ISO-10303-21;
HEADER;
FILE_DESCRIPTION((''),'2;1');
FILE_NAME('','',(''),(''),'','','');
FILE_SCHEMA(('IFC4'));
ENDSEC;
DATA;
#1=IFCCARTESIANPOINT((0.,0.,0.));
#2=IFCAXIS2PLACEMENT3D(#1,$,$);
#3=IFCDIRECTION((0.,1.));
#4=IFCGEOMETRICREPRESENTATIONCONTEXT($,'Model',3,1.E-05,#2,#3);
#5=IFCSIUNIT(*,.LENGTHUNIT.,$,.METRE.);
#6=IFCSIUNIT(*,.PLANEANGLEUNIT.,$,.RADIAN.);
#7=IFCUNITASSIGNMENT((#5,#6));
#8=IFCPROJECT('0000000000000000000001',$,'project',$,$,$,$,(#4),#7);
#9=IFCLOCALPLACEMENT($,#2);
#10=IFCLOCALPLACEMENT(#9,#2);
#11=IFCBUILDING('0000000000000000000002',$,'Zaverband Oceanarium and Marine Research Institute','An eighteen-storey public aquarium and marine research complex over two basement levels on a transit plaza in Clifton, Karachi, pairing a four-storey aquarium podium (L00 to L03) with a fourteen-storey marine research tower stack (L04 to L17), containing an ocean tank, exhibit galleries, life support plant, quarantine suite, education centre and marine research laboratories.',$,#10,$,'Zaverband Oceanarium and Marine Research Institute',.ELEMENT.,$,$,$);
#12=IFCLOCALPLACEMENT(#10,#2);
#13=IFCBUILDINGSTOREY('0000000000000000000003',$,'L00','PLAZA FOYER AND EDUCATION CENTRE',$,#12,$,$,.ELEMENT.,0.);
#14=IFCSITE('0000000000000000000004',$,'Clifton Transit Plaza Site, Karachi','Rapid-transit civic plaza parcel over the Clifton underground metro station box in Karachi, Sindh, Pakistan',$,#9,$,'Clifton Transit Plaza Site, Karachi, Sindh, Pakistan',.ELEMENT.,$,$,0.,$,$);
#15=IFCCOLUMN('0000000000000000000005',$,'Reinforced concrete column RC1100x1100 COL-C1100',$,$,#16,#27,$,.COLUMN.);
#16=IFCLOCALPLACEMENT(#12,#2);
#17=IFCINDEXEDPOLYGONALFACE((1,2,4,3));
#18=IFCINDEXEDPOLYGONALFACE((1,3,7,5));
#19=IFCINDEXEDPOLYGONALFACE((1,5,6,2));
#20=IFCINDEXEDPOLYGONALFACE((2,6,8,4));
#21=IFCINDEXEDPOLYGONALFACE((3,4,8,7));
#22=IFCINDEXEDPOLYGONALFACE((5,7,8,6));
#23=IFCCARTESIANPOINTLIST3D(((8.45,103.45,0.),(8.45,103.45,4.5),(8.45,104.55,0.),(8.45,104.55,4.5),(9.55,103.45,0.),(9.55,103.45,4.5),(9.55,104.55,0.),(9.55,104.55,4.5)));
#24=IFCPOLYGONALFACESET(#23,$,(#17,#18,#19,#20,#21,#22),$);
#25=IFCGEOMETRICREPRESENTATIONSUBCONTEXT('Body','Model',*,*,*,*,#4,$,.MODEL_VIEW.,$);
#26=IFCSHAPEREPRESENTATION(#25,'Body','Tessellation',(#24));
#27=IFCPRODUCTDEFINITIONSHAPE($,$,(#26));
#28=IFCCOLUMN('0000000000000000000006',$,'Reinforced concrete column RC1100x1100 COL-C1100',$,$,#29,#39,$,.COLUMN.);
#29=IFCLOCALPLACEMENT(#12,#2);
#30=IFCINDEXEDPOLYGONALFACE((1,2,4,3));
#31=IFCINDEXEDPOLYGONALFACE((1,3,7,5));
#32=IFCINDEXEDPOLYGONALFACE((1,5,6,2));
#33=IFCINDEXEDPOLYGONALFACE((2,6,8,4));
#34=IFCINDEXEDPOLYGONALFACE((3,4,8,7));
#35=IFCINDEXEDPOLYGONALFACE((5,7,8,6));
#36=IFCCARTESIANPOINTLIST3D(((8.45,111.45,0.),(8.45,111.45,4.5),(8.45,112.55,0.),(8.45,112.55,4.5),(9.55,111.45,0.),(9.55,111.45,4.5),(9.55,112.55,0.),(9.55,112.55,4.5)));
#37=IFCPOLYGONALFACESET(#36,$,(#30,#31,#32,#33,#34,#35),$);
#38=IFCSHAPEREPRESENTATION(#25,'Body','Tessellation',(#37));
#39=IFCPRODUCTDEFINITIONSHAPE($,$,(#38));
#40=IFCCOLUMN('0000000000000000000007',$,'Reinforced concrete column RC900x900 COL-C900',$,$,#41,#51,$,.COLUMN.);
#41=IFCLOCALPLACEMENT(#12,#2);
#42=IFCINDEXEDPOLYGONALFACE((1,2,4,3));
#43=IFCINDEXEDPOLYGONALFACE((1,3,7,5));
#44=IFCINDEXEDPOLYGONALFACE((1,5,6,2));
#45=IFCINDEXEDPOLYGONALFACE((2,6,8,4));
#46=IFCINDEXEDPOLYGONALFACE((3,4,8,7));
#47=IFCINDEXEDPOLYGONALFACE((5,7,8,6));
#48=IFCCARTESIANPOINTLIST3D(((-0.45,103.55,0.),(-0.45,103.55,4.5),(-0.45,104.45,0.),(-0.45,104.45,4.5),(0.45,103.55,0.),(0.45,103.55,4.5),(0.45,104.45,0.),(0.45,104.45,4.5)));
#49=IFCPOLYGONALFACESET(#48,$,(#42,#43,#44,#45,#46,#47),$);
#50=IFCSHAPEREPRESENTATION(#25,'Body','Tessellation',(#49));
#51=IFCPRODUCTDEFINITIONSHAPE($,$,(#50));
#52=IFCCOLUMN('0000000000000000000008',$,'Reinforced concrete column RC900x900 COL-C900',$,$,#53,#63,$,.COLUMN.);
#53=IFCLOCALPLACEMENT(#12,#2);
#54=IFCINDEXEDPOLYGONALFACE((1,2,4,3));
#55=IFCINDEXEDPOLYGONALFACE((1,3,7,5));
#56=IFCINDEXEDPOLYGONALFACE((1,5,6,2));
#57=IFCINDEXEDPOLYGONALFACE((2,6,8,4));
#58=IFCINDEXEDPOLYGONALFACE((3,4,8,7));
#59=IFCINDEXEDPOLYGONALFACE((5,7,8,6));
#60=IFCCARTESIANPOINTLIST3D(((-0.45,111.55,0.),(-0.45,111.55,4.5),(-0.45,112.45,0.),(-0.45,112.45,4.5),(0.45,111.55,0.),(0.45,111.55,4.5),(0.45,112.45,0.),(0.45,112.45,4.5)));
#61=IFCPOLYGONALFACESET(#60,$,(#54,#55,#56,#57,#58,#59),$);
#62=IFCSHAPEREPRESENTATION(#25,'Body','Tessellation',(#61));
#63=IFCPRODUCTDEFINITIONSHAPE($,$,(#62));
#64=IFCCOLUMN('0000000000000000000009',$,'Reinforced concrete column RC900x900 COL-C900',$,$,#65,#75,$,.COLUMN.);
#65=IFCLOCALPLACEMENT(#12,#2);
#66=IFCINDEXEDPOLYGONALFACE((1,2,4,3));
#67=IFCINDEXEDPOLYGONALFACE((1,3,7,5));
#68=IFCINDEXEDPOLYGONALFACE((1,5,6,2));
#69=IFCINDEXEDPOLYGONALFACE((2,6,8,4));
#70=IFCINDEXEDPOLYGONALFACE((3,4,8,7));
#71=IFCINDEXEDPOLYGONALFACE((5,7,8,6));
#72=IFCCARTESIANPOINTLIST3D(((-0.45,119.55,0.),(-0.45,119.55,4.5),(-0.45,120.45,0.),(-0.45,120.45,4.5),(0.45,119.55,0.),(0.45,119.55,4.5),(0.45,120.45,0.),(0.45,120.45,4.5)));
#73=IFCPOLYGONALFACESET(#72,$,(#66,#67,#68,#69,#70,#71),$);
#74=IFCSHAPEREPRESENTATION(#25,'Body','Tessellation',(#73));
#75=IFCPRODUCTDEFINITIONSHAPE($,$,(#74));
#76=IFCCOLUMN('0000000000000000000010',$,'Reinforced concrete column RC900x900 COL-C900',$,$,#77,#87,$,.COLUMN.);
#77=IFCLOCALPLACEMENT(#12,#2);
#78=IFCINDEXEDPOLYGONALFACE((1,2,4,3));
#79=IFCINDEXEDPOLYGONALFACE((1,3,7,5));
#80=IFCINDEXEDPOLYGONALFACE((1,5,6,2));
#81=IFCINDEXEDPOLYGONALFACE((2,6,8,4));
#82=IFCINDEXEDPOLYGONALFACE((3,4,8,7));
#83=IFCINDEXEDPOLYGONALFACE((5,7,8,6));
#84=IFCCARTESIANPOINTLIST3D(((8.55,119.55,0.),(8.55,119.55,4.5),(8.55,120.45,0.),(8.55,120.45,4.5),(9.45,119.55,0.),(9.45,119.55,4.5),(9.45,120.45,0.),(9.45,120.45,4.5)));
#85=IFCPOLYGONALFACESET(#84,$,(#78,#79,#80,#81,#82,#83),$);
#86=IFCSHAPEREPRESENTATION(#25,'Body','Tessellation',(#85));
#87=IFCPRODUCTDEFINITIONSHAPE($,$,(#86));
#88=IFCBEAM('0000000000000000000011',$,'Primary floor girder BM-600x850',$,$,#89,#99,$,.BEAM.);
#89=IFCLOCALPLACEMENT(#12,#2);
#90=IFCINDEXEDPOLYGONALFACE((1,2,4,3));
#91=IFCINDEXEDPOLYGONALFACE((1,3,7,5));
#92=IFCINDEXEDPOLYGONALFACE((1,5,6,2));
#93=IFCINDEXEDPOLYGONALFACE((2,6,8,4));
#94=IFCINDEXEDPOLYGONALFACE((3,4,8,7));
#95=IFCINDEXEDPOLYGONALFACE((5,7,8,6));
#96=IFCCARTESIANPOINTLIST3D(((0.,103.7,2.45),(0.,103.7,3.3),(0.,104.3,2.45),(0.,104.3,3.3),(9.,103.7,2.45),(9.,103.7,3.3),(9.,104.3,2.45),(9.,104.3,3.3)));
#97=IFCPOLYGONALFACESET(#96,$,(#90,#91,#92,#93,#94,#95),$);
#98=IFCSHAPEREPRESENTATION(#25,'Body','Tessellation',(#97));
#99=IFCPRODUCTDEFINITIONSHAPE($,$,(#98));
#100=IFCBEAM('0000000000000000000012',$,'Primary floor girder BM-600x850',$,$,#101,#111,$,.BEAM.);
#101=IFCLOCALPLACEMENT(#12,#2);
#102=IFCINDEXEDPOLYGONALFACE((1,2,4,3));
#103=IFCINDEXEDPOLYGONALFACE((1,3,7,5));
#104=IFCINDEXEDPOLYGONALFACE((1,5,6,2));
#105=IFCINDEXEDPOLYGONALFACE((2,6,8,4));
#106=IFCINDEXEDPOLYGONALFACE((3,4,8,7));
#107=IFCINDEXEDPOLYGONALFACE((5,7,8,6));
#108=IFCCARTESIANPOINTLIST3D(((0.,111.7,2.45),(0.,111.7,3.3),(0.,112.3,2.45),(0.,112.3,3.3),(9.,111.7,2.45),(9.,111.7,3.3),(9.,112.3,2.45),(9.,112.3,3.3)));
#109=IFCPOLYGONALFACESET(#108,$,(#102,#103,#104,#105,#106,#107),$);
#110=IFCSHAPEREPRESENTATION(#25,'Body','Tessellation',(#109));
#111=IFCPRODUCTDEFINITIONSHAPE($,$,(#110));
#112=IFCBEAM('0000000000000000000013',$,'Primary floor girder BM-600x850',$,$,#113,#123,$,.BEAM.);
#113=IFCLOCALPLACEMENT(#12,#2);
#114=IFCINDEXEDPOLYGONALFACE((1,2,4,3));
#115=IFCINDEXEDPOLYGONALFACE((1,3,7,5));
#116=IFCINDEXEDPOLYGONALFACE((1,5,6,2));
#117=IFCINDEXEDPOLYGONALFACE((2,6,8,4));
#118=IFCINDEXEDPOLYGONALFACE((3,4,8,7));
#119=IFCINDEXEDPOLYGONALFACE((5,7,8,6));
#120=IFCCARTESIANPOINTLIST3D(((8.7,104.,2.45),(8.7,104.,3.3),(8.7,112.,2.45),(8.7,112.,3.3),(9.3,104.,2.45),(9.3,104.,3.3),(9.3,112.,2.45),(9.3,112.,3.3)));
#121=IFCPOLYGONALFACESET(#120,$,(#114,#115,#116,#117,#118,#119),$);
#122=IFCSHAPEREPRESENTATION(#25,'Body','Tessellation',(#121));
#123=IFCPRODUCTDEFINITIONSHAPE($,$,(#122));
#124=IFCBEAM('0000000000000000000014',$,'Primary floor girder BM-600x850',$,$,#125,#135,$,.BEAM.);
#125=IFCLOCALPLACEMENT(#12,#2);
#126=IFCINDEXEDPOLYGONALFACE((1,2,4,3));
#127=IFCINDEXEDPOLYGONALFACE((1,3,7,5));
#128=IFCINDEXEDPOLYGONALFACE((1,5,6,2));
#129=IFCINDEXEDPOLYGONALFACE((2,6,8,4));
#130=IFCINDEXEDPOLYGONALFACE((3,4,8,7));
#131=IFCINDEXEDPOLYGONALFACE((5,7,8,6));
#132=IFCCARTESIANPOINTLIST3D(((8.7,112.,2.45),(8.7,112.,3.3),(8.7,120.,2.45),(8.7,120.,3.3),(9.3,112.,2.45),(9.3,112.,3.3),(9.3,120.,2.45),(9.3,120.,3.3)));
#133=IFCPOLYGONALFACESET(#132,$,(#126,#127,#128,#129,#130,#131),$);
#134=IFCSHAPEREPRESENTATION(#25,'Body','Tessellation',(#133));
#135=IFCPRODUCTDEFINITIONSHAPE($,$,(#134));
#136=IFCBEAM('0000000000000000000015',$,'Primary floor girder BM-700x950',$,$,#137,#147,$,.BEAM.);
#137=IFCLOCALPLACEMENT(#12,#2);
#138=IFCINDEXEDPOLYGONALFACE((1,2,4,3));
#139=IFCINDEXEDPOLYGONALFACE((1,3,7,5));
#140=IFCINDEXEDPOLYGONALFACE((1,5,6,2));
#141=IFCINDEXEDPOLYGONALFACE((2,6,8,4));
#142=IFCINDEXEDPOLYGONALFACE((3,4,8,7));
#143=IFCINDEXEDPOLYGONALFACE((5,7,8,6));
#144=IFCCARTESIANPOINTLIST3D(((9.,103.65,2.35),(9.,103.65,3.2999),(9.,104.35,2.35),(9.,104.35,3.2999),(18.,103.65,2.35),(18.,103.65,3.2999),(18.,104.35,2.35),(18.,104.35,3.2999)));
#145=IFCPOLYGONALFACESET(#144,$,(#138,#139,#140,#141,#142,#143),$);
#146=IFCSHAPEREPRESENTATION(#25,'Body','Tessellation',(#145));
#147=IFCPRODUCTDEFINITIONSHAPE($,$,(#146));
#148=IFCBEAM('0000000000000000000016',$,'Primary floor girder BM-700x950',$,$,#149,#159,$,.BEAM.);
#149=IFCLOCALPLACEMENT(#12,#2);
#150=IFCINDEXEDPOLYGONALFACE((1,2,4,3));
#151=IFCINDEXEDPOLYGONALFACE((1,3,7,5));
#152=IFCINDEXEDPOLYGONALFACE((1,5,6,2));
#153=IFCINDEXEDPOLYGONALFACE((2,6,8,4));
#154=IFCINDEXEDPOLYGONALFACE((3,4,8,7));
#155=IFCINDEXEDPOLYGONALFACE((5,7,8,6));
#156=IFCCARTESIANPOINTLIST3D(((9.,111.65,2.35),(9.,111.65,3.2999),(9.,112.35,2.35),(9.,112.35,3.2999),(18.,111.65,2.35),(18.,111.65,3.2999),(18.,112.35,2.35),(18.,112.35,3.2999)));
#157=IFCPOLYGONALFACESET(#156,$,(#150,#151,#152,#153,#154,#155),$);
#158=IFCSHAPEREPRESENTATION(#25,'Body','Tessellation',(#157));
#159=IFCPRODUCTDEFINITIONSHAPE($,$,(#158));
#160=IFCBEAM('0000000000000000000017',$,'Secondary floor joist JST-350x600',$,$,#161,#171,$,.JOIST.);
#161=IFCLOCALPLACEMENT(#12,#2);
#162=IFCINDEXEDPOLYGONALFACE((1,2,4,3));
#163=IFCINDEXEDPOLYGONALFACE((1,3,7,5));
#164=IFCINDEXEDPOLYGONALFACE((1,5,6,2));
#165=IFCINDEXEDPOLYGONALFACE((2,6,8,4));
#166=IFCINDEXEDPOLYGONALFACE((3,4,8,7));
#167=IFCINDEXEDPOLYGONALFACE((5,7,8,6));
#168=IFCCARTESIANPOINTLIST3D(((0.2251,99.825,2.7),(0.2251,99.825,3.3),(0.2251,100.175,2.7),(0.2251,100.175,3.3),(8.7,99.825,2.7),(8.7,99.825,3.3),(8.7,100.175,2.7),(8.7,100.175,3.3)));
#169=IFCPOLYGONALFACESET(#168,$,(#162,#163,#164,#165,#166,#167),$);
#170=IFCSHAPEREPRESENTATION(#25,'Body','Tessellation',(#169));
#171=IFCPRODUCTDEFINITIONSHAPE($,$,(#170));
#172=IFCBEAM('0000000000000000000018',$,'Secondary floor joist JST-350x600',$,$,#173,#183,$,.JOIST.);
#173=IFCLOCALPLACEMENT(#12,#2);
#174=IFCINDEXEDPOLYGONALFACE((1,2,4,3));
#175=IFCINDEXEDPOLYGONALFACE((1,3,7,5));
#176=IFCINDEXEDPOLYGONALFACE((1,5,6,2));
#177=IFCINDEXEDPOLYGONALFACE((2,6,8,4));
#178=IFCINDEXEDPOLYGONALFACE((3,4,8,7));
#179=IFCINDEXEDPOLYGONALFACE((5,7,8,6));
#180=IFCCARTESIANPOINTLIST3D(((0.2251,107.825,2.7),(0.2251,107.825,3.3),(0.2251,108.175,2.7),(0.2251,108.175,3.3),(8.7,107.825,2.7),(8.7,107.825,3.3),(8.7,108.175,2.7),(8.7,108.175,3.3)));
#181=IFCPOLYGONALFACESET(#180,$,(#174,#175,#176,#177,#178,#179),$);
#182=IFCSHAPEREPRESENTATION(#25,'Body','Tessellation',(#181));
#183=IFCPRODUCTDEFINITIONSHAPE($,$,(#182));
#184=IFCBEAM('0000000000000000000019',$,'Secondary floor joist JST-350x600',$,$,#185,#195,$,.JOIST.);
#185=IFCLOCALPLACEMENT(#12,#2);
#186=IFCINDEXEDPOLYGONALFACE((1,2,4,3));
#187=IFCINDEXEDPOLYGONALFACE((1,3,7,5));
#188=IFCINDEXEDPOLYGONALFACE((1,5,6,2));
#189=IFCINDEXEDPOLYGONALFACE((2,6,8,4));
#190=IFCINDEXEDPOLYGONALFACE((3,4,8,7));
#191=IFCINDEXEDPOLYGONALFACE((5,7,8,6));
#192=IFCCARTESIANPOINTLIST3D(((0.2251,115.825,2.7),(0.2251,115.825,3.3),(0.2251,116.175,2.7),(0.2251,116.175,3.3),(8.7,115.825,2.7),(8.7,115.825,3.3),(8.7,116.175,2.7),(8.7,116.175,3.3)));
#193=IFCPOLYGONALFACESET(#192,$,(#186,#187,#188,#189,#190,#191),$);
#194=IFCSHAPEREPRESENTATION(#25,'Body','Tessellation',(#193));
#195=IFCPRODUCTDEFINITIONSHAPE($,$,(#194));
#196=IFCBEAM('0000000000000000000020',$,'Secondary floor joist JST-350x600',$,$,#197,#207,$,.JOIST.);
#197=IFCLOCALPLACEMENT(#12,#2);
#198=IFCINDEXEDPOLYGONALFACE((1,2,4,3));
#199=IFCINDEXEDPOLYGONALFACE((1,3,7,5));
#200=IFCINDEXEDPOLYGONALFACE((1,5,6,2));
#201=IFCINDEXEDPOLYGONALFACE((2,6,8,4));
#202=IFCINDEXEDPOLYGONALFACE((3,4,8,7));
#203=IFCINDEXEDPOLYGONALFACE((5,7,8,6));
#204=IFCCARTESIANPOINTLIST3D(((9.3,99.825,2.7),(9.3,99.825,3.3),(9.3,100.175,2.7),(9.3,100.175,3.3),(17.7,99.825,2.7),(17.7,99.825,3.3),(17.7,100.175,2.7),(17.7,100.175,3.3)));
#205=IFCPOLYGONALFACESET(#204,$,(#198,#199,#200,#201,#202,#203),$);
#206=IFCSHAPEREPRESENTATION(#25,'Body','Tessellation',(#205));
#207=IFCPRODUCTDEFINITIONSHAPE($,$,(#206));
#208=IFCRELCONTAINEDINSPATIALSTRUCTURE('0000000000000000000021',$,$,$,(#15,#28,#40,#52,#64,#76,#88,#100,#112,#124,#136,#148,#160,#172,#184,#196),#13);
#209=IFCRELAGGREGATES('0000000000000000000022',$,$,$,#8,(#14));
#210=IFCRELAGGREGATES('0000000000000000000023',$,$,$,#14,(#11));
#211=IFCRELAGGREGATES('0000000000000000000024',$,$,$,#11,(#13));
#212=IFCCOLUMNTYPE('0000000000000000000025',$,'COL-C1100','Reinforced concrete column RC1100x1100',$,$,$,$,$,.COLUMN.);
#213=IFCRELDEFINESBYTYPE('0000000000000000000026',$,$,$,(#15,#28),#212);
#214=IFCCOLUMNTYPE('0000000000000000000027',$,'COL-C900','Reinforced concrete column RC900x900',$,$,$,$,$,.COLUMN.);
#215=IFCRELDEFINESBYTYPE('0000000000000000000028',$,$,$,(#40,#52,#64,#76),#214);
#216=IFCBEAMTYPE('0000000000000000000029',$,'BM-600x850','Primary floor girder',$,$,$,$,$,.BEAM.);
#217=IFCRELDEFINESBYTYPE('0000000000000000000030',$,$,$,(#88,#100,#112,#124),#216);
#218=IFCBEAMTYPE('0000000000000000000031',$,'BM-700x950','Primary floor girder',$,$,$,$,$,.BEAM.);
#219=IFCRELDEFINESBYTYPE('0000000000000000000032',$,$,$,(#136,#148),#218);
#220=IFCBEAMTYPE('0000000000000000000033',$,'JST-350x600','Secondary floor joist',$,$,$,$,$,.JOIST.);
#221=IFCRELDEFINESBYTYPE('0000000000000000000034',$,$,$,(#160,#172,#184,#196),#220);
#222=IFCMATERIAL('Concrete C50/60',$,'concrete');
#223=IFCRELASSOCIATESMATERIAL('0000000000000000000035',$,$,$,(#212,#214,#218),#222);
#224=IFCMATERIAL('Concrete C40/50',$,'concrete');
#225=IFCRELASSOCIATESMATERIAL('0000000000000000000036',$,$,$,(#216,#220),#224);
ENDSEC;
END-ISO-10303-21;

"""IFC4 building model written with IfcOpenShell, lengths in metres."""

from ifc_helpers import new_model, si_unit, direction, frame, origin, origin_2d, place, context, subcontext, project, spatial, rectangle, extrude, material, material_profile, profile_set, type_object, element, save


model = new_model("IFC4")

# Units and contexts
model_context = context("Model", 3, precision=1e-05, world=origin(), true_north=direction((0.0, 1.0)))
body_context = subcontext(model_context, "Body", "Model", "MODEL_VIEW")
ifc_project = project(units=[si_unit("LENGTHUNIT", "METRE"), si_unit("PLANEANGLEUNIT", "RADIAN")], contexts=[model_context])

# Site, building, storey
site_placement = place(None, origin())
site = spatial("IfcSite", under=ifc_project, at=site_placement, Name="Clifton Transit Plaza Site, Karachi", Description="Rapid-transit civic plaza parcel over the Clifton underground metro station box in Karachi, Sindh, Pakistan", LongName="Clifton Transit Plaza Site, Karachi, Sindh, Pakistan", CompositionType="ELEMENT", RefElevation=0.0)
building_placement = place(site_placement, origin())
building = spatial("IfcBuilding", under=site, at=building_placement, Name="Zaverband Oceanarium and Marine Research Institute", Description="An eighteen-storey public aquarium and marine research complex over two basement levels on a transit plaza in Clifton, Karachi, pairing a four-storey aquarium podium (L00 to L03) with a fourteen-storey marine research tower stack (L04 to L17), containing an ocean tank, exhibit galleries, life support plant, quarantine suite, education centre and marine research laboratories.", LongName="Zaverband Oceanarium and Marine Research Institute", CompositionType="ELEMENT")
storey_placement = place(building_placement, origin())
storey = spatial("IfcBuildingStorey", under=building, at=storey_placement, Name="L00", Description="PLAZA FOYER AND EDUCATION CENTRE", CompositionType="ELEMENT", Elevation=0.0)

# Columns
ifc_material_1 = material(Name="Concrete C50/60", Category="concrete")
ifc_material_profile_1 = material_profile(ifc_material_1, rectangle(XDim=1.1001, YDim=1.1001, at=origin_2d()), Name="RC1100x1100")
ifc_profile_set_1 = profile_set([ifc_material_profile_1], Name="Concrete C50/60")
column_type_1 = type_object("IfcColumnType", Name="COL-C1100", Description="Reinforced concrete column RC1100x1100", PredefinedType="COLUMN", material=ifc_profile_set_1)
for number, where, z_axis, x_axis, name in (
    (1, (9.0, 104.0, 0.0), (0.0, 0.0, 1.0), (1.0, 0.0, 0.0), "Reinforced concrete column RC1100x1100 COL-C1100"),
    (2, (9.0, 112.0, 0.0), (0.0, 0.0, 1.0), (1.0, 0.0, 0.0), "Reinforced concrete column RC1100x1100 COL-C1100"),
):
    element("IfcColumn", number, at=place(storey_placement, frame(where, z_axis=z_axis, x_axis=x_axis)), inside=storey, type_object=column_type_1, Name=name, PredefinedType="COLUMN", context=body_context, shape_type="SweptSolid", body=[
        extrude(rectangle(XDim=1.1001, YDim=1.1001, at=origin_2d()), origin(), (0.0, 0.0, 1.0), 4.5),
    ])
ifc_material_profile_2 = material_profile(ifc_material_1, rectangle(XDim=0.8999, YDim=0.8999, at=origin_2d()), Name="RC900x900")
ifc_profile_set_2 = profile_set([ifc_material_profile_2], Name="Concrete C50/60")
column_type_2 = type_object("IfcColumnType", Name="COL-C900", Description="Reinforced concrete column RC900x900", PredefinedType="COLUMN", material=ifc_profile_set_2)
for number, where, z_axis, x_axis, name in (
    (3, (0.0, 104.0, 0.0), (0.0, 0.0, 1.0), (1.0, 0.0, 0.0), "Reinforced concrete column RC900x900 COL-C900"),
    (4, (0.0, 112.0, 0.0), (0.0, 0.0, 1.0), (1.0, 0.0, 0.0), "Reinforced concrete column RC900x900 COL-C900"),
    (5, (0.0, 120.0, 0.0), (0.0, 0.0, 1.0), (1.0, 0.0, 0.0), "Reinforced concrete column RC900x900 COL-C900"),
    (6, (9.0, 120.0, 0.0), (0.0, 0.0, 1.0), (1.0, 0.0, 0.0), "Reinforced concrete column RC900x900 COL-C900"),
):
    element("IfcColumn", number, at=place(storey_placement, frame(where, z_axis=z_axis, x_axis=x_axis)), inside=storey, type_object=column_type_2, Name=name, PredefinedType="COLUMN", context=body_context, shape_type="SweptSolid", body=[
        extrude(rectangle(XDim=0.8999, YDim=0.8999, at=origin_2d()), origin(), (0.0, 0.0, 1.0), 4.5),
    ])

# Beams
ifc_material_2 = material(Name="Concrete C40/50", Category="concrete")
ifc_material_profile_3 = material_profile(ifc_material_2, rectangle(XDim=0.6001, YDim=0.8501, at=origin_2d()), Name="RC600x850")
ifc_profile_set_3 = profile_set([ifc_material_profile_3], Name="Concrete C40/50")
beam_type_1 = type_object("IfcBeamType", Name="BM-600x850", Description="Primary floor girder", PredefinedType="BEAM", material=ifc_profile_set_3)
for number, where, z_axis, x_axis, name in (
    (7, (0.0, 104.0, 2.875), (1.0, 0.0, 0.0), (0.0, 1.0, 0.0), "Primary floor girder BM-600x850"),
    (8, (0.0, 112.0, 2.875), (1.0, 0.0, 0.0), (0.0, 1.0, 0.0), "Primary floor girder BM-600x850"),
):
    element("IfcBeam", number, at=place(storey_placement, frame(where, z_axis=z_axis, x_axis=x_axis)), inside=storey, type_object=beam_type_1, Name=name, PredefinedType="BEAM", context=body_context, shape_type="SweptSolid", body=[
        extrude(rectangle(XDim=0.6001, YDim=0.8501, at=origin_2d()), origin(), (0.0, 0.0, 1.0), 9.0),
    ])
for number, where, z_axis, x_axis, name in (
    (9, (9.0, 104.0, 2.875), (0.0, 1.0, 0.0), (-1.0, 0.0, 0.0), "Primary floor girder BM-600x850"),
    (10, (9.0, 112.0, 2.875), (0.0, 1.0, 0.0), (-1.0, 0.0, 0.0), "Primary floor girder BM-600x850"),
):
    element("IfcBeam", number, at=place(storey_placement, frame(where, z_axis=z_axis, x_axis=x_axis)), inside=storey, type_object=beam_type_1, Name=name, PredefinedType="BEAM", context=body_context, shape_type="SweptSolid", body=[
        extrude(rectangle(XDim=0.6001, YDim=0.8501, at=origin_2d()), origin(), (0.0, 0.0, 1.0), 8.0),
    ])
ifc_material_profile_4 = material_profile(ifc_material_1, rectangle(XDim=0.7, YDim=0.95, at=origin_2d()), Name="RC700x950")
ifc_profile_set_4 = profile_set([ifc_material_profile_4], Name="Concrete C50/60")
beam_type_2 = type_object("IfcBeamType", Name="BM-700x950", Description="Primary floor girder", PredefinedType="BEAM", material=ifc_profile_set_4)
for number, where, z_axis, x_axis, name in (
    (11, (9.0, 104.0, 2.825), (1.0, 0.0, 0.0), (0.0, 1.0, 0.0), "Primary floor girder BM-700x950"),
    (12, (9.0, 112.0, 2.825), (1.0, 0.0, 0.0), (0.0, 1.0, 0.0), "Primary floor girder BM-700x950"),
):
    element("IfcBeam", number, at=place(storey_placement, frame(where, z_axis=z_axis, x_axis=x_axis)), inside=storey, type_object=beam_type_2, Name=name, PredefinedType="BEAM", context=body_context, shape_type="SweptSolid", body=[
        extrude(rectangle(XDim=0.7, YDim=0.95, at=origin_2d()), origin(), (0.0, 0.0, 1.0), 9.0),
    ])
ifc_material_profile_5 = material_profile(ifc_material_2, rectangle(XDim=0.3501, YDim=0.6001, at=origin_2d()), Name="RC350x600")
ifc_profile_set_5 = profile_set([ifc_material_profile_5], Name="Concrete C40/50")
beam_type_3 = type_object("IfcBeamType", Name="JST-350x600", Description="Secondary floor joist", PredefinedType="JOIST", material=ifc_profile_set_5)
for number, where, z_axis, x_axis, name in (
    (13, (0.2251, 100.0, 3.0), (1.0, 0.0, 0.0), (0.0, 1.0, 0.0), "Secondary floor joist JST-350x600"),
    (14, (0.2251, 108.0, 3.0), (1.0, 0.0, 0.0), (0.0, 1.0, 0.0), "Secondary floor joist JST-350x600"),
    (15, (0.2251, 116.0, 3.0), (1.0, 0.0, 0.0), (0.0, 1.0, 0.0), "Secondary floor joist JST-350x600"),
):
    element("IfcBeam", number, at=place(storey_placement, frame(where, z_axis=z_axis, x_axis=x_axis)), inside=storey, type_object=beam_type_3, Name=name, PredefinedType="JOIST", context=body_context, shape_type="SweptSolid", body=[
        extrude(rectangle(XDim=0.3501, YDim=0.6001, at=origin_2d()), origin(), (0.0, 0.0, 1.0), 8.4749),
    ])
for number, where, z_axis, x_axis, name in (
    (16, (9.3, 100.0, 3.0), (1.0, 0.0, 0.0), (0.0, 1.0, 0.0), "Secondary floor joist JST-350x600"),
):
    element("IfcBeam", number, at=place(storey_placement, frame(where, z_axis=z_axis, x_axis=x_axis)), inside=storey, type_object=beam_type_3, Name=name, PredefinedType="JOIST", context=body_context, shape_type="SweptSolid", body=[
        extrude(rectangle(XDim=0.3501, YDim=0.6001, at=origin_2d()), origin(), (0.0, 0.0, 1.0), 8.3999),
    ])

save(model, "model.ifc")
